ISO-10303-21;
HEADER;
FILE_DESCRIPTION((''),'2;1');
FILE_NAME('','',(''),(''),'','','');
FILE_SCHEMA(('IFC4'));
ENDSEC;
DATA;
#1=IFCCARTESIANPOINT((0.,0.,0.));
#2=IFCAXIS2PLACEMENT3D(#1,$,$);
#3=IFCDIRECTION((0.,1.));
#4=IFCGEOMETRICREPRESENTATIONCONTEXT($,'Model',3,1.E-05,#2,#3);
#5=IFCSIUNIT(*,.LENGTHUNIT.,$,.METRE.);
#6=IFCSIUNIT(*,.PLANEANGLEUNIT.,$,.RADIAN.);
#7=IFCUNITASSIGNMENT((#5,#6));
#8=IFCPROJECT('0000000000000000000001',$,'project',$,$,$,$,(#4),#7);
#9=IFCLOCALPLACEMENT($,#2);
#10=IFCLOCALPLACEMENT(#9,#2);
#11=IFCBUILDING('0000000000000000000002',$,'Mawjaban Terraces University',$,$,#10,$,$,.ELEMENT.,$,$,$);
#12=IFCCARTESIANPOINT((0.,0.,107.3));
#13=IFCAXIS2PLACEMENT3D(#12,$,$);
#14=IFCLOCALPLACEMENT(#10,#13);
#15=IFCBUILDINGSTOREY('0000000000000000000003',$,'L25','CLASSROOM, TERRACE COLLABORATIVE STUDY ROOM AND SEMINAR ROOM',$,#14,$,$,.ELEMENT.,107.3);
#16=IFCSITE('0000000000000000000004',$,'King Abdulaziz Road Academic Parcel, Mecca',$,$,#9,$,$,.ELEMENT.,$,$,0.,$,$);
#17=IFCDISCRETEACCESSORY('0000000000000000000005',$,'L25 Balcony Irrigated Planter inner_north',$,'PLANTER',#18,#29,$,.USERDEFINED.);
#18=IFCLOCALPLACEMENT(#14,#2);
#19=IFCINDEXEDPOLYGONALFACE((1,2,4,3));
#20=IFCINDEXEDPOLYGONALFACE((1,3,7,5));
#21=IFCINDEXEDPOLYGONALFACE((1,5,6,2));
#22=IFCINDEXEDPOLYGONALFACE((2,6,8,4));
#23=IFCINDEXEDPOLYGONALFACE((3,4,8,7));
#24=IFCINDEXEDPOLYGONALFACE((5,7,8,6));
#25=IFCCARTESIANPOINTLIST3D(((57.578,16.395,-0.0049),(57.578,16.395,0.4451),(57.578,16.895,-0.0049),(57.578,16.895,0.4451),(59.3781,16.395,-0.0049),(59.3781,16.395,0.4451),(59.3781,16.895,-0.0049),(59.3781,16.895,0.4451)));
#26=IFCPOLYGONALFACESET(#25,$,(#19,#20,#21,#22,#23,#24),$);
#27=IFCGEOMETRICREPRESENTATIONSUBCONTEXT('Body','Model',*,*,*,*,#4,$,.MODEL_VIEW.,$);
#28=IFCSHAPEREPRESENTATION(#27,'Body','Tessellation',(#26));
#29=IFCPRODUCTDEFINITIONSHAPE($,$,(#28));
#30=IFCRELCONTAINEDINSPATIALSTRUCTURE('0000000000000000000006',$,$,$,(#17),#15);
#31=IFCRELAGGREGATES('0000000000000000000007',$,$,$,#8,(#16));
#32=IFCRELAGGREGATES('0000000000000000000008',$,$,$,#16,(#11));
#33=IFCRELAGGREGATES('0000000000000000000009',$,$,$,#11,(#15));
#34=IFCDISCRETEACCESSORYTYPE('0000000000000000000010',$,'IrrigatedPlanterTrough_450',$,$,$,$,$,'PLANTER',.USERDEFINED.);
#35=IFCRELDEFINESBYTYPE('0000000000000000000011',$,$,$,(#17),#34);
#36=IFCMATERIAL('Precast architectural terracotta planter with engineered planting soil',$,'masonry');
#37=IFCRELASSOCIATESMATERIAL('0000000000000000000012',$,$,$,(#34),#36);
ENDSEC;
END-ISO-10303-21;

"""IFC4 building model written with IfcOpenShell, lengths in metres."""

from ifc_helpers import new_model, si_unit, direction, frame, origin, origin_2d, place, context, subcontext, project, spatial, rectangle, extrude, material, type_object, element, save


model = new_model("IFC4")

# Units and contexts
model_context = context("Model", 3, precision=1e-05, world=origin(), true_north=direction((0.0, 1.0)))
body_context = subcontext(model_context, "Body", "Model", "MODEL_VIEW")
ifc_project = project(units=[si_unit("LENGTHUNIT", "METRE"), si_unit("PLANEANGLEUNIT", "RADIAN")], contexts=[model_context])

# Site, building, storey
site_placement = place(None, origin())
site = spatial("IfcSite", under=ifc_project, at=site_placement, Name="King Abdulaziz Road Academic Parcel, Mecca", CompositionType="ELEMENT", RefElevation=0.0)
building_placement = place(site_placement, origin())
building = spatial("IfcBuilding", under=site, at=building_placement, Name="Mawjaban Terraces University", CompositionType="ELEMENT")
storey_placement = place(building_placement, frame((0.0, 0.0, 107.3)))
storey = spatial("IfcBuildingStorey", under=building, at=storey_placement, Name="L25", Description="CLASSROOM, TERRACE COLLABORATIVE STUDY ROOM AND SEMINAR ROOM", CompositionType="ELEMENT", Elevation=107.3)

# Discrete accessory
ifc_material_1 = material(Name="Precast architectural terracotta planter with engineered planting soil", Category="masonry")
discrete_accessory_type_1 = type_object("IfcDiscreteAccessoryType", Name="IrrigatedPlanterTrough_450", ElementType="PLANTER", PredefinedType="USERDEFINED", material=ifc_material_1)
discrete_accessory_1_placement = place(storey_placement, frame((58.478, 16.645, -0.0049), z_axis=(0.0, 0.0, 1.0), x_axis=(1.0, 0.0, 0.0)))
element("IfcDiscreteAccessory", 1, at=discrete_accessory_1_placement, inside=storey, type_object=discrete_accessory_type_1, Name="L25 Balcony Irrigated Planter inner_north", ObjectType="PLANTER", PredefinedType="USERDEFINED", context=body_context, shape_type="SweptSolid", body=[
    extrude(rectangle(XDim=1.8, YDim=0.5, at=origin_2d()), origin(), (0.0, 0.0, 1.0), 0.45),
])

save(model, "model.ifc")
